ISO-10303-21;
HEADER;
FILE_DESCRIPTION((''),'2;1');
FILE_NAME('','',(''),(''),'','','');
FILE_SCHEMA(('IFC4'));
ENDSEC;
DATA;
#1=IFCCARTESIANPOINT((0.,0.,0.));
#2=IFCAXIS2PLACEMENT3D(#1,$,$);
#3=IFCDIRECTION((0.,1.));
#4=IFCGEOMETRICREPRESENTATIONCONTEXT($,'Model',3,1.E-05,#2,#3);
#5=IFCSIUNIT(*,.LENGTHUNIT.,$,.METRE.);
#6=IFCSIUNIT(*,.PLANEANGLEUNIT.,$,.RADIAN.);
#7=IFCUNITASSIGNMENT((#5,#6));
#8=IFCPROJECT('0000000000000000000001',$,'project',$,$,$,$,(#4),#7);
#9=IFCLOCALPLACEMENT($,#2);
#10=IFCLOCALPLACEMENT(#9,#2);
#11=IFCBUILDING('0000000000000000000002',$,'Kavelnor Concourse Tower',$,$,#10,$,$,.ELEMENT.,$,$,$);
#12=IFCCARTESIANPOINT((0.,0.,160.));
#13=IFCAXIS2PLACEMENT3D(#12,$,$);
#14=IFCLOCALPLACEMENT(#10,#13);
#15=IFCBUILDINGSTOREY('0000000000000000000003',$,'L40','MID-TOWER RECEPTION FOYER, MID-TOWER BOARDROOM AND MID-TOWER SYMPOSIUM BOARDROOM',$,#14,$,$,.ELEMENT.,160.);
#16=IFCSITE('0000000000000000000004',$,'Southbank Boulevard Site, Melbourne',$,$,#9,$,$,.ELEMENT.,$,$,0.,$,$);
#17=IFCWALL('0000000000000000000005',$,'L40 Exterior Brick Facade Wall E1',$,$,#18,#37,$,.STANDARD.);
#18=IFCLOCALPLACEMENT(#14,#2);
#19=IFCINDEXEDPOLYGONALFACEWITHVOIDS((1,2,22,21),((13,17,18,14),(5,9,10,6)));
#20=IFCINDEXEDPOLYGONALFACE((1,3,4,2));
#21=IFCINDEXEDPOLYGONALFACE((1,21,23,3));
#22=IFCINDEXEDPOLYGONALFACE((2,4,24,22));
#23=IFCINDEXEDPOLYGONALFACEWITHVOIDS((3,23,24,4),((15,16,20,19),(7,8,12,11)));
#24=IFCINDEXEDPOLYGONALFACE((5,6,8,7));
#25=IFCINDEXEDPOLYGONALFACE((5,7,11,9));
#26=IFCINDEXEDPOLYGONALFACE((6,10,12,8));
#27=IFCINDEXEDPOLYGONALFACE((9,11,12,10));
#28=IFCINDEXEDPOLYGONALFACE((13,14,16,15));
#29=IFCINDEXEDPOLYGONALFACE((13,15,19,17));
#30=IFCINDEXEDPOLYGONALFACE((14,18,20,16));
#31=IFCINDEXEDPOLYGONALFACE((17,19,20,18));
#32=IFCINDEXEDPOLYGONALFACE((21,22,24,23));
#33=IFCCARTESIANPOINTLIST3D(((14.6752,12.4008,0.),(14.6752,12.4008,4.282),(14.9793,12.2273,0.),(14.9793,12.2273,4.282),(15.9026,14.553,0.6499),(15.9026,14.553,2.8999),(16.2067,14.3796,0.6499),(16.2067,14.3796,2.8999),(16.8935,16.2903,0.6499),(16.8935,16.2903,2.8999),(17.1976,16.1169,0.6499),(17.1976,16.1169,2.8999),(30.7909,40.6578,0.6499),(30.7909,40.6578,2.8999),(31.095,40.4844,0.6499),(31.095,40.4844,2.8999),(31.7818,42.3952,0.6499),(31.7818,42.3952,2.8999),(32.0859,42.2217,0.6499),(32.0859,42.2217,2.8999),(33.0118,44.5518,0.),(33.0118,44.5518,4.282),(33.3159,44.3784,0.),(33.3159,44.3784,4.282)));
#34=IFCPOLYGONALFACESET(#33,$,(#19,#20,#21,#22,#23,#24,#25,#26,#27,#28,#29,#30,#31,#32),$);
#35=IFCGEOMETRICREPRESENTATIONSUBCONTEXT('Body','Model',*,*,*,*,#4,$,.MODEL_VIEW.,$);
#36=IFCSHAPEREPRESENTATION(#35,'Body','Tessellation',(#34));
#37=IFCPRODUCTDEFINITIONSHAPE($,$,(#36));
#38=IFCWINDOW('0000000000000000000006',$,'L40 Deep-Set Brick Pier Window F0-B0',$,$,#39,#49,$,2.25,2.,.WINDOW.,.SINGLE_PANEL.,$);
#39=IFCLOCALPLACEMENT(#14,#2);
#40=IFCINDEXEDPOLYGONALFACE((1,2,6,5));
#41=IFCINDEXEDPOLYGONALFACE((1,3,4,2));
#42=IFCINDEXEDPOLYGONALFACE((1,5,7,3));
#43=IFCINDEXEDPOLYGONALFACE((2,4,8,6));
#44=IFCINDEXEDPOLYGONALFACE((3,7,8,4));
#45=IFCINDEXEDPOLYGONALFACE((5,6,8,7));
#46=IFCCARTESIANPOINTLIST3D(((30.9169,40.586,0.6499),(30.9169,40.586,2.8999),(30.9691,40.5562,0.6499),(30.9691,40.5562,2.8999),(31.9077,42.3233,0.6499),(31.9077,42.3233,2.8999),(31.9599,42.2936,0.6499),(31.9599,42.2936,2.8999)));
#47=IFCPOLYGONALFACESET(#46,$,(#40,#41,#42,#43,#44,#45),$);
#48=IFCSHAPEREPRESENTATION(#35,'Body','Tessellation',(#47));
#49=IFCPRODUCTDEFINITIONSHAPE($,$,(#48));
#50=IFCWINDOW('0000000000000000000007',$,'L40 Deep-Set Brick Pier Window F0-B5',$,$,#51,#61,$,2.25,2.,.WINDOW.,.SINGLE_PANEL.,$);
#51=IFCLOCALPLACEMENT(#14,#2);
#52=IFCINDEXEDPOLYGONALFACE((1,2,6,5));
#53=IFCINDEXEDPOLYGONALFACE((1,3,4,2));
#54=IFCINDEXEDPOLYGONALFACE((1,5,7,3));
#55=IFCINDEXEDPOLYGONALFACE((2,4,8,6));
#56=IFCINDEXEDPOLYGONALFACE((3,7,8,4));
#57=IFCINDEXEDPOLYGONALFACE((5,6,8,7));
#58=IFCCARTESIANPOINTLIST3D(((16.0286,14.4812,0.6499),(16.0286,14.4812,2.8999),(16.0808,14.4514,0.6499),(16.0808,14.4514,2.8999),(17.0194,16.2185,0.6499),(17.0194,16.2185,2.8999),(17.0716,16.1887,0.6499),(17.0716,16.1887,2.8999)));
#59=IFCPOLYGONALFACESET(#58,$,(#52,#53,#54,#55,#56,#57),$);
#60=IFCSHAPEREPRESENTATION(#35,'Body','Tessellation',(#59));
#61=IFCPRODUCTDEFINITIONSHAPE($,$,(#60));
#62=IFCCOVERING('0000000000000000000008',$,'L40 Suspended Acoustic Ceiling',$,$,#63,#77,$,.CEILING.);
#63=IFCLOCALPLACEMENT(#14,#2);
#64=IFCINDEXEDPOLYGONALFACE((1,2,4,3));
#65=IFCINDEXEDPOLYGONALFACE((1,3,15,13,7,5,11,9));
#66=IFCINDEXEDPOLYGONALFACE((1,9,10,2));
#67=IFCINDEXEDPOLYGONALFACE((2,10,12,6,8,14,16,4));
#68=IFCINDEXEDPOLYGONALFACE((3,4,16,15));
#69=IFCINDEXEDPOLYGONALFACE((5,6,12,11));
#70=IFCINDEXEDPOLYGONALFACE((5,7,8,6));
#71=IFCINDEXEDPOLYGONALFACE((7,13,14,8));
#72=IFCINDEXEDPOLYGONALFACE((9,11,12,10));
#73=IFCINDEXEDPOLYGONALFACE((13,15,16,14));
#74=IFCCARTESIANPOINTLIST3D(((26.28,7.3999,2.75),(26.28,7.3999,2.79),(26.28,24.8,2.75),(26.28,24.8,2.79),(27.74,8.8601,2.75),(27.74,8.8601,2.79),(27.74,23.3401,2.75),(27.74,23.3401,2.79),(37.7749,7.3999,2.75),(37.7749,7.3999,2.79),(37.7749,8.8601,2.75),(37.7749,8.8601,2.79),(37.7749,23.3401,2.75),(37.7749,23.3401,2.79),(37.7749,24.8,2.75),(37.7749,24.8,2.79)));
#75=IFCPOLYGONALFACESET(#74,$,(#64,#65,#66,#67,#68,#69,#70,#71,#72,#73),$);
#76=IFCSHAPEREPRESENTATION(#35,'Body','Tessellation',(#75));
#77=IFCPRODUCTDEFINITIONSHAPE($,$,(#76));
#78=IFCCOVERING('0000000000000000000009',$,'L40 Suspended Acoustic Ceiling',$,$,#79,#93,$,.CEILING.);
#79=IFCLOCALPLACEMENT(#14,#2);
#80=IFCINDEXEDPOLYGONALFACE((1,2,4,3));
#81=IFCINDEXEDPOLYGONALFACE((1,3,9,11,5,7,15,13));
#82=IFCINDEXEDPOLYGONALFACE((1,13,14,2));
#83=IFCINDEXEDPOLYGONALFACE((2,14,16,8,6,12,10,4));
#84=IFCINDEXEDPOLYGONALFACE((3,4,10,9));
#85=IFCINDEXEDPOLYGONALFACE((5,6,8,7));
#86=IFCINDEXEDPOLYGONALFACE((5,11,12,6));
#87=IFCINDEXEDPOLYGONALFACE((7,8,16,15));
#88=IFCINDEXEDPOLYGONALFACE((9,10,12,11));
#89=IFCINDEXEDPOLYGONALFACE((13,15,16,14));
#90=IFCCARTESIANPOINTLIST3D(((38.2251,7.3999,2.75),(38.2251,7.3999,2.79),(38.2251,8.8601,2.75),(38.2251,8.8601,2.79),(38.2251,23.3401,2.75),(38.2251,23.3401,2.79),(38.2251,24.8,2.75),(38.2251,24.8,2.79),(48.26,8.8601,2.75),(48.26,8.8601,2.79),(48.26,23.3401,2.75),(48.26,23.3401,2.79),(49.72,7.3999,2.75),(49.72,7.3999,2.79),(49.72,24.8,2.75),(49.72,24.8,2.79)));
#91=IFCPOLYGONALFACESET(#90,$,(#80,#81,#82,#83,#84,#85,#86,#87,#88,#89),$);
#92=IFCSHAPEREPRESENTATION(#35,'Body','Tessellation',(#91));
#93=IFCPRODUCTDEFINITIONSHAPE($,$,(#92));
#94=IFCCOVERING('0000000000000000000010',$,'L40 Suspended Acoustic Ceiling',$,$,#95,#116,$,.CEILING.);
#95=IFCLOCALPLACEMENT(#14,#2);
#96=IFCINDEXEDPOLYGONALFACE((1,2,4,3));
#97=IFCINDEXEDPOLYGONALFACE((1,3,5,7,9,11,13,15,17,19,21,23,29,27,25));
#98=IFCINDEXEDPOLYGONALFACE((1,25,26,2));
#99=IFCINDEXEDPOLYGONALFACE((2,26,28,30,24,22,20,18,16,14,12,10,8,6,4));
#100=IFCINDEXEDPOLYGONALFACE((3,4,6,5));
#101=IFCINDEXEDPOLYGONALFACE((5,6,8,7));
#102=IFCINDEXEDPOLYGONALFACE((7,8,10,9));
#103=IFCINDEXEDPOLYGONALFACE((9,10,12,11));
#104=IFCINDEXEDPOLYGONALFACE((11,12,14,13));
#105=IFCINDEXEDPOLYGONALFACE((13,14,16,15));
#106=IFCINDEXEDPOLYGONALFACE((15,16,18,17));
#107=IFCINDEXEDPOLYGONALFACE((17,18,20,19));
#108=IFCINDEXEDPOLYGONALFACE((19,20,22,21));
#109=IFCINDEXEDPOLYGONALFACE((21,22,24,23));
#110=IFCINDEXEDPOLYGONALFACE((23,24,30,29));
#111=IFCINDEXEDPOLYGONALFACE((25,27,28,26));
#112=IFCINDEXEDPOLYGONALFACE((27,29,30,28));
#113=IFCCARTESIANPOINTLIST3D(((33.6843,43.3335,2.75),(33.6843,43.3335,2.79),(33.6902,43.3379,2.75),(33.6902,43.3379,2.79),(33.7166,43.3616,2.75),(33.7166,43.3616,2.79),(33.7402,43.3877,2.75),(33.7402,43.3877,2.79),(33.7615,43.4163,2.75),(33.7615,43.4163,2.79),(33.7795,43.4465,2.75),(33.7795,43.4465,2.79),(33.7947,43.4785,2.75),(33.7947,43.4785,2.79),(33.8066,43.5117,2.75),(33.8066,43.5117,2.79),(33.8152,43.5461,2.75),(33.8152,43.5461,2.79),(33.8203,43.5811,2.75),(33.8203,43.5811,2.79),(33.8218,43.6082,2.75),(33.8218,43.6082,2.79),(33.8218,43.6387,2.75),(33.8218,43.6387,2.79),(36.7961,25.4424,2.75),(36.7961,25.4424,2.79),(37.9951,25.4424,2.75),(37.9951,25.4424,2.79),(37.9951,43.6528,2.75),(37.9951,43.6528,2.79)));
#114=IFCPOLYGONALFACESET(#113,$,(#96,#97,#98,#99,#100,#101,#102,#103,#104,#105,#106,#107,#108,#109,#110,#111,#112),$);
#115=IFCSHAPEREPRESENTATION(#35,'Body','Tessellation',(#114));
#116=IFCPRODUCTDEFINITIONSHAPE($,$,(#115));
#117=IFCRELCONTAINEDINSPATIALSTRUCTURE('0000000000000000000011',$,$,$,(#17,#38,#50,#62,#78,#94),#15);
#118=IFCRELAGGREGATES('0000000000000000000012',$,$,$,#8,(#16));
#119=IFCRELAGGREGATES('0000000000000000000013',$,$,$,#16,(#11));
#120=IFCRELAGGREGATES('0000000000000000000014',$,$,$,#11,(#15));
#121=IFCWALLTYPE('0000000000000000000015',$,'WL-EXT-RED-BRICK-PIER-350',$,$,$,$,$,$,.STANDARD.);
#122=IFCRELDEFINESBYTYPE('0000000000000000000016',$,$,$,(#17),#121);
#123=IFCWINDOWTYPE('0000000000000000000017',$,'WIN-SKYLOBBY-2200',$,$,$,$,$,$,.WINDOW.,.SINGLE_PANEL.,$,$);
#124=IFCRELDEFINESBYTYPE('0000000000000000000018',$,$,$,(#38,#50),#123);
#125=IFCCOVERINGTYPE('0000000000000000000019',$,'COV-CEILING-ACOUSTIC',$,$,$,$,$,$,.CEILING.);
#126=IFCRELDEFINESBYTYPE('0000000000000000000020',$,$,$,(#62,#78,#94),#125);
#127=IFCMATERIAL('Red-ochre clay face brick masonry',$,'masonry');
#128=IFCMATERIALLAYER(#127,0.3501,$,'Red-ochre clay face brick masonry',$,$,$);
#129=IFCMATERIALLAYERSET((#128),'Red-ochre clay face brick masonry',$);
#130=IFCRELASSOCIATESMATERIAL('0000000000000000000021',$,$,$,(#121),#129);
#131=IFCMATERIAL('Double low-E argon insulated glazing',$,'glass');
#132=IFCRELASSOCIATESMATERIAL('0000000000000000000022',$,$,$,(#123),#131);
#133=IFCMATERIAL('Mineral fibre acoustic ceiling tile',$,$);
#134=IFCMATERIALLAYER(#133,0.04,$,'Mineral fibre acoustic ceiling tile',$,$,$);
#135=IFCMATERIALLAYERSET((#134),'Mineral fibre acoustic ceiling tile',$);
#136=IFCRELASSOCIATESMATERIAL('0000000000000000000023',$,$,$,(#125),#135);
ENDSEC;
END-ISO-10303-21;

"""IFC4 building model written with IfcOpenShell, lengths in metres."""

from ifc_helpers import new_model, si_unit, direction, frame, frame_2d, origin, place, context, subcontext, project, spatial, polyline, rectangle, outline, extrude, material, layer, layer_set, type_object, element, fill, save


model = new_model("IFC4")

# Units and contexts
model_context = context("Model", 3, precision=1e-05, world=origin(), true_north=direction((0.0, 1.0)))
body_context = subcontext(model_context, "Body", "Model", "MODEL_VIEW")
ifc_project = project(units=[si_unit("LENGTHUNIT", "METRE"), si_unit("PLANEANGLEUNIT", "RADIAN")], contexts=[model_context])

# Site, building, storey
site_placement = place(None, origin())
site = spatial("IfcSite", under=ifc_project, at=site_placement, Name="Southbank Boulevard Site, Melbourne", CompositionType="ELEMENT", RefElevation=0.0)
building_placement = place(site_placement, origin())
building = spatial("IfcBuilding", under=site, at=building_placement, Name="Kavelnor Concourse Tower", CompositionType="ELEMENT")
storey_placement = place(building_placement, frame((0.0, 0.0, 160.0)))
storey = spatial("IfcBuildingStorey", under=building, at=storey_placement, Name="L40", Description="MID-TOWER RECEPTION FOYER, MID-TOWER BOARDROOM AND MID-TOWER SYMPOSIUM BOARDROOM", CompositionType="ELEMENT", Elevation=160.0)

# Wall, openings, windows
ifc_material_1 = material(Name="Red-ochre clay face brick masonry", Category="masonry")
ifc_layer_1 = layer(ifc_material_1, 0.3501, Name="Red-ochre clay face brick masonry")
ifc_layer_set_1 = layer_set([ifc_layer_1], Name="Red-ochre clay face brick masonry")
wall_type = type_object("IfcWallType", Name="WL-EXT-RED-BRICK-PIER-350", PredefinedType="STANDARD", material=ifc_layer_set_1)
wall_placement = place(storey_placement, frame((14.8271, 12.314, 0.0), z_axis=(0.0, 0.0, 1.0), x_axis=(0.495418, 0.868655, 0.0)))
wall = element("IfcWall", 1, at=wall_placement, inside=storey, type_object=wall_type, Name="L40 Exterior Brick Facade Wall E1", PredefinedType="STANDARD", context=body_context, shape_type="SweptSolid", body=[
    extrude(rectangle(XDim=37.0125, YDim=0.3501, at=frame_2d((18.5063, 0.0))), origin(), (0.0, 0.0, 1.0), 4.282),
])
opening_1_placement = place(wall_placement, frame((32.5298, 0.0, 0.6499)))
opening_1 = element("IfcOpeningElement", 2, at=opening_1_placement, cuts=wall, PredefinedType="OPENING", context=body_context, shape_type="SweptSolid", body=[
    extrude(rectangle(XDim=2.0, YDim=2.25, at=frame_2d((1.0, 1.125))), frame((0.0, 0.1851, 0.0), z_axis=(0.0, -1.0, 0.0), x_axis=(1.0, 0.0, 0.0)), (0.0, 0.0, 1.0), 0.3701),
])
opening_2_placement = place(wall_placement, frame((2.4778, 0.0, 0.6499)))
opening_2 = element("IfcOpeningElement", 3, at=opening_2_placement, cuts=wall, PredefinedType="OPENING", context=body_context, shape_type="SweptSolid", body=[
    extrude(rectangle(XDim=2.0, YDim=2.25, at=frame_2d((1.0, 1.125))), frame((0.0, 0.1851, 0.0), z_axis=(0.0, -1.0, 0.0), x_axis=(1.0, 0.0, 0.0)), (0.0, 0.0, 1.0), 0.3701),
])
ifc_material_2 = material(Name="Double low-E argon insulated glazing", Category="glass")
window_type = type_object("IfcWindowType", Name="WIN-SKYLOBBY-2200", PartitioningType="SINGLE_PANEL", PredefinedType="WINDOW", material=ifc_material_2)
window_1_placement = place(opening_1_placement, origin())
window_1 = element("IfcWindow", 4, at=window_1_placement, inside=storey, type_object=window_type, Name="L40 Deep-Set Brick Pier Window F0-B0", OverallHeight=2.25, OverallWidth=2.0, PartitioningType="SINGLE_PANEL", PredefinedType="WINDOW", context=body_context, shape_type="SweptSolid", body=[
    extrude(rectangle(XDim=2.0, YDim=2.25, at=frame_2d((1.0, 1.125))), frame((0.0, 0.03, 0.0), z_axis=(0.0, -1.0, 0.0), x_axis=(1.0, 0.0, 0.0)), (0.0, 0.0, 1.0), 0.0601),
])
fill(opening_1, window_1)
window_2_placement = place(opening_2_placement, origin())
window_2 = element("IfcWindow", 5, at=window_2_placement, inside=storey, type_object=window_type, Name="L40 Deep-Set Brick Pier Window F0-B5", OverallHeight=2.25, OverallWidth=2.0, PartitioningType="SINGLE_PANEL", PredefinedType="WINDOW", context=body_context, shape_type="SweptSolid", body=[
    extrude(rectangle(XDim=2.0, YDim=2.25, at=frame_2d((1.0, 1.125))), frame((0.0, 0.03, 0.0), z_axis=(0.0, -1.0, 0.0), x_axis=(1.0, 0.0, 0.0)), (0.0, 0.0, 1.0), 0.0601),
])
fill(opening_2, window_2)

# Coverings
ifc_material_3 = material(Name="Mineral fibre acoustic ceiling tile")
ifc_layer_2 = layer(ifc_material_3, 0.04, Name="Mineral fibre acoustic ceiling tile")
ifc_layer_set_2 = layer_set([ifc_layer_2], Name="Mineral fibre acoustic ceiling tile")
covering_type_1 = type_object("IfcCoveringType", Name="COV-CEILING-ACOUSTIC", PredefinedType="CEILING", material=ifc_layer_set_2)
covering_1_placement = place(storey_placement, frame((0.0, 0.0, 2.75)))
element("IfcCovering", 6, at=covering_1_placement, inside=storey, type_object=covering_type_1, Name="L40 Suspended Acoustic Ceiling", PredefinedType="CEILING", context=body_context, shape_type="SweptSolid", body=[
    extrude(outline(polyline([(26.28, 7.3999), (26.28, 24.8), (37.7749, 24.8), (37.7749, 23.3401), (27.74, 23.3401), (27.74, 8.8601), (37.7749, 8.8601), (37.7749, 7.3999), (26.28, 7.3999)])), origin(), (0.0, 0.0, 1.0), 0.04),
])
covering_2_placement = place(storey_placement, frame((0.0, 0.0, 2.75)))
element("IfcCovering", 7, at=covering_2_placement, inside=storey, type_object=covering_type_1, Name="L40 Suspended Acoustic Ceiling", PredefinedType="CEILING", context=body_context, shape_type="SweptSolid", body=[
    extrude(outline(polyline([(49.72, 7.3999), (38.2251, 7.3999), (38.2251, 8.8601), (48.26, 8.8601), (48.26, 23.3401), (38.2251, 23.3401), (38.2251, 24.8), (49.72, 24.8), (49.72, 7.3999)])), origin(), (0.0, 0.0, 1.0), 0.04),
])
covering_3_placement = place(storey_placement, frame((0.0, 0.0, 2.75)))
element("IfcCovering", 8, at=covering_3_placement, inside=storey, type_object=covering_type_1, Name="L40 Suspended Acoustic Ceiling", PredefinedType="CEILING", context=body_context, shape_type="SweptSolid", body=[
    extrude(outline(polyline([(33.7166, 43.3616), (33.7402, 43.3877), (33.7615, 43.4163), (33.7795, 43.4465), (33.7947, 43.4785), (33.8066, 43.5117), (33.8152, 43.5461), (33.8203, 43.5811), (33.8218, 43.6082), (33.8218, 43.6387), (37.9951, 43.6528), (37.9951, 25.4424), (36.7961, 25.4424), (33.6843, 43.3335), (33.6902, 43.3379), (33.7166, 43.3616)])), origin(), (0.0, 0.0, 1.0), 0.04),
])

save(model, "model.ifc")
